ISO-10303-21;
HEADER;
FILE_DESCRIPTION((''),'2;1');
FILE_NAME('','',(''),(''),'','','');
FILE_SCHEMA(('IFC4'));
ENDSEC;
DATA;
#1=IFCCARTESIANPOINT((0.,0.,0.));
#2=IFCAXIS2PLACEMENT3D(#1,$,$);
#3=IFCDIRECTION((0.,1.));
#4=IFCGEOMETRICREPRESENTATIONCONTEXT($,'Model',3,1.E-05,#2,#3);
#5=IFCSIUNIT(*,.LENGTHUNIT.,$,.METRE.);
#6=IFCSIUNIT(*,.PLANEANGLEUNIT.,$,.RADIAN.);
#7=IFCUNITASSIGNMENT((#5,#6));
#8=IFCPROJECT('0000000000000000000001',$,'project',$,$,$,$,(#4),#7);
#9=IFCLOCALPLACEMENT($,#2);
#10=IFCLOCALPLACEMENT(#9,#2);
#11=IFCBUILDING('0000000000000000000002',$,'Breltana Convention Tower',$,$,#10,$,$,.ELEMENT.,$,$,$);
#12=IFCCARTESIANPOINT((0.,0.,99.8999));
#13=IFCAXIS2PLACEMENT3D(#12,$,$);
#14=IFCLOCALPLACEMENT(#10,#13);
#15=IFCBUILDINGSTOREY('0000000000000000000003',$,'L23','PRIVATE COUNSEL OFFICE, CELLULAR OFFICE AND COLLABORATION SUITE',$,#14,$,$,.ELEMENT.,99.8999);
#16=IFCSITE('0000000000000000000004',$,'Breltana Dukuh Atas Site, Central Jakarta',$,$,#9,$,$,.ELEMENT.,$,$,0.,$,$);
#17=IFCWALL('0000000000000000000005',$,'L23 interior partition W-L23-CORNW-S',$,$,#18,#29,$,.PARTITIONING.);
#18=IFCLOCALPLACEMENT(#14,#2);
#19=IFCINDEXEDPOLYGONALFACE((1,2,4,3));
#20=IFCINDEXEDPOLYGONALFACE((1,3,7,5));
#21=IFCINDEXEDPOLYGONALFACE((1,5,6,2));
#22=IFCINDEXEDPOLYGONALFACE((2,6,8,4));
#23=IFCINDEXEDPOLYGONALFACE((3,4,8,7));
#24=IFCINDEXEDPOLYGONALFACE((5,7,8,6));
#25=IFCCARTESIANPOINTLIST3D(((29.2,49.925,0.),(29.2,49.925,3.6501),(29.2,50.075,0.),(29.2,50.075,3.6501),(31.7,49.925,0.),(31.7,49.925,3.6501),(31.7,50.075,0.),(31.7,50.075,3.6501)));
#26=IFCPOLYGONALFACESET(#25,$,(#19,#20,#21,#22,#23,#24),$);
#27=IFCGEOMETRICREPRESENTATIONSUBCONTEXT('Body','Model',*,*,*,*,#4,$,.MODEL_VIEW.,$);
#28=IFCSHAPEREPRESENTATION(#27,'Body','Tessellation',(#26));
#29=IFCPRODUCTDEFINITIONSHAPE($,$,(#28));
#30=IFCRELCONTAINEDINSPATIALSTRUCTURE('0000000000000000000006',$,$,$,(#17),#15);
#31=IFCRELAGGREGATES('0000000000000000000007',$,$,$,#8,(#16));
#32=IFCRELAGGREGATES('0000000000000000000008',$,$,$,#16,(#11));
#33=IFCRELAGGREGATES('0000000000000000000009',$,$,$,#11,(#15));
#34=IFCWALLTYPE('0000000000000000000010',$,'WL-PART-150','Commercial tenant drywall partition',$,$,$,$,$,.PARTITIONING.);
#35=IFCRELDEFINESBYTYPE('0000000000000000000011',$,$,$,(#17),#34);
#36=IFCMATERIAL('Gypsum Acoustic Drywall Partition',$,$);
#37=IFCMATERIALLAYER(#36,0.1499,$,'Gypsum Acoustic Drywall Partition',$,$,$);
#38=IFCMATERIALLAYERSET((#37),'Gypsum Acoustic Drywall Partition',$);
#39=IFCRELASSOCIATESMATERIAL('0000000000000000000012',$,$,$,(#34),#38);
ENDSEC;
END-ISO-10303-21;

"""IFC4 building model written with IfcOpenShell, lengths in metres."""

from ifc_helpers import new_model, si_unit, direction, frame, frame_2d, origin, place, context, subcontext, project, spatial, rectangle, extrude, source, transform, mapped, material, layer, layer_set, type_object, element, save


model = new_model("IFC4")

# Units and contexts
model_context = context("Model", 3, precision=1e-05, world=origin(), true_north=direction((0.0, 1.0)))
body_context = subcontext(model_context, "Body", "Model", "MODEL_VIEW")
ifc_project = project(units=[si_unit("LENGTHUNIT", "METRE"), si_unit("PLANEANGLEUNIT", "RADIAN")], contexts=[model_context])

# Site, building, storey
site_placement = place(None, origin())
site = spatial("IfcSite", under=ifc_project, at=site_placement, Name="Breltana Dukuh Atas Site, Central Jakarta", CompositionType="ELEMENT", RefElevation=0.0)
building_placement = place(site_placement, origin())
building = spatial("IfcBuilding", under=site, at=building_placement, Name="Breltana Convention Tower", CompositionType="ELEMENT")
storey_placement = place(building_placement, frame((0.0, 0.0, 99.8999)))
storey = spatial("IfcBuildingStorey", under=building, at=storey_placement, Name="L23", Description="PRIVATE COUNSEL OFFICE, CELLULAR OFFICE AND COLLABORATION SUITE", CompositionType="ELEMENT", Elevation=99.8999)

# Wall
ifc_material_1 = material(Name="Gypsum Acoustic Drywall Partition")
ifc_layer_1 = layer(ifc_material_1, 0.1499, Name="Gypsum Acoustic Drywall Partition")
ifc_layer_set_1 = layer_set([ifc_layer_1], Name="Gypsum Acoustic Drywall Partition")
wall_type_1 = type_object("IfcWallType", Name="WL-PART-150", Description="Commercial tenant drywall partition", PredefinedType="PARTITIONING", material=ifc_layer_set_1)
shared_shape_1 = source(origin(), body_context, "Body", "SweptSolid", [
    extrude(rectangle(XDim=2.5, YDim=0.1499, at=frame_2d((1.25, 0.0))), origin(), (0.0, 0.0, 1.0), 3.6501),
])
wall_1_placement = place(storey_placement, frame((29.2, 50.0, 0.0), z_axis=(0.0, 0.0, 1.0), x_axis=(1.0, 0.0, 0.0)))
element("IfcWall", 1, at=wall_1_placement, inside=storey, type_object=wall_type_1, Name="L23 interior partition W-L23-CORNW-S", PredefinedType="PARTITIONING", context=body_context, shape_type="MappedRepresentation", body=[
    mapped(shared_shape_1, transform((0.0, 0.0, 0.0), scale=1.0)),
])

save(model, "model.ifc")
